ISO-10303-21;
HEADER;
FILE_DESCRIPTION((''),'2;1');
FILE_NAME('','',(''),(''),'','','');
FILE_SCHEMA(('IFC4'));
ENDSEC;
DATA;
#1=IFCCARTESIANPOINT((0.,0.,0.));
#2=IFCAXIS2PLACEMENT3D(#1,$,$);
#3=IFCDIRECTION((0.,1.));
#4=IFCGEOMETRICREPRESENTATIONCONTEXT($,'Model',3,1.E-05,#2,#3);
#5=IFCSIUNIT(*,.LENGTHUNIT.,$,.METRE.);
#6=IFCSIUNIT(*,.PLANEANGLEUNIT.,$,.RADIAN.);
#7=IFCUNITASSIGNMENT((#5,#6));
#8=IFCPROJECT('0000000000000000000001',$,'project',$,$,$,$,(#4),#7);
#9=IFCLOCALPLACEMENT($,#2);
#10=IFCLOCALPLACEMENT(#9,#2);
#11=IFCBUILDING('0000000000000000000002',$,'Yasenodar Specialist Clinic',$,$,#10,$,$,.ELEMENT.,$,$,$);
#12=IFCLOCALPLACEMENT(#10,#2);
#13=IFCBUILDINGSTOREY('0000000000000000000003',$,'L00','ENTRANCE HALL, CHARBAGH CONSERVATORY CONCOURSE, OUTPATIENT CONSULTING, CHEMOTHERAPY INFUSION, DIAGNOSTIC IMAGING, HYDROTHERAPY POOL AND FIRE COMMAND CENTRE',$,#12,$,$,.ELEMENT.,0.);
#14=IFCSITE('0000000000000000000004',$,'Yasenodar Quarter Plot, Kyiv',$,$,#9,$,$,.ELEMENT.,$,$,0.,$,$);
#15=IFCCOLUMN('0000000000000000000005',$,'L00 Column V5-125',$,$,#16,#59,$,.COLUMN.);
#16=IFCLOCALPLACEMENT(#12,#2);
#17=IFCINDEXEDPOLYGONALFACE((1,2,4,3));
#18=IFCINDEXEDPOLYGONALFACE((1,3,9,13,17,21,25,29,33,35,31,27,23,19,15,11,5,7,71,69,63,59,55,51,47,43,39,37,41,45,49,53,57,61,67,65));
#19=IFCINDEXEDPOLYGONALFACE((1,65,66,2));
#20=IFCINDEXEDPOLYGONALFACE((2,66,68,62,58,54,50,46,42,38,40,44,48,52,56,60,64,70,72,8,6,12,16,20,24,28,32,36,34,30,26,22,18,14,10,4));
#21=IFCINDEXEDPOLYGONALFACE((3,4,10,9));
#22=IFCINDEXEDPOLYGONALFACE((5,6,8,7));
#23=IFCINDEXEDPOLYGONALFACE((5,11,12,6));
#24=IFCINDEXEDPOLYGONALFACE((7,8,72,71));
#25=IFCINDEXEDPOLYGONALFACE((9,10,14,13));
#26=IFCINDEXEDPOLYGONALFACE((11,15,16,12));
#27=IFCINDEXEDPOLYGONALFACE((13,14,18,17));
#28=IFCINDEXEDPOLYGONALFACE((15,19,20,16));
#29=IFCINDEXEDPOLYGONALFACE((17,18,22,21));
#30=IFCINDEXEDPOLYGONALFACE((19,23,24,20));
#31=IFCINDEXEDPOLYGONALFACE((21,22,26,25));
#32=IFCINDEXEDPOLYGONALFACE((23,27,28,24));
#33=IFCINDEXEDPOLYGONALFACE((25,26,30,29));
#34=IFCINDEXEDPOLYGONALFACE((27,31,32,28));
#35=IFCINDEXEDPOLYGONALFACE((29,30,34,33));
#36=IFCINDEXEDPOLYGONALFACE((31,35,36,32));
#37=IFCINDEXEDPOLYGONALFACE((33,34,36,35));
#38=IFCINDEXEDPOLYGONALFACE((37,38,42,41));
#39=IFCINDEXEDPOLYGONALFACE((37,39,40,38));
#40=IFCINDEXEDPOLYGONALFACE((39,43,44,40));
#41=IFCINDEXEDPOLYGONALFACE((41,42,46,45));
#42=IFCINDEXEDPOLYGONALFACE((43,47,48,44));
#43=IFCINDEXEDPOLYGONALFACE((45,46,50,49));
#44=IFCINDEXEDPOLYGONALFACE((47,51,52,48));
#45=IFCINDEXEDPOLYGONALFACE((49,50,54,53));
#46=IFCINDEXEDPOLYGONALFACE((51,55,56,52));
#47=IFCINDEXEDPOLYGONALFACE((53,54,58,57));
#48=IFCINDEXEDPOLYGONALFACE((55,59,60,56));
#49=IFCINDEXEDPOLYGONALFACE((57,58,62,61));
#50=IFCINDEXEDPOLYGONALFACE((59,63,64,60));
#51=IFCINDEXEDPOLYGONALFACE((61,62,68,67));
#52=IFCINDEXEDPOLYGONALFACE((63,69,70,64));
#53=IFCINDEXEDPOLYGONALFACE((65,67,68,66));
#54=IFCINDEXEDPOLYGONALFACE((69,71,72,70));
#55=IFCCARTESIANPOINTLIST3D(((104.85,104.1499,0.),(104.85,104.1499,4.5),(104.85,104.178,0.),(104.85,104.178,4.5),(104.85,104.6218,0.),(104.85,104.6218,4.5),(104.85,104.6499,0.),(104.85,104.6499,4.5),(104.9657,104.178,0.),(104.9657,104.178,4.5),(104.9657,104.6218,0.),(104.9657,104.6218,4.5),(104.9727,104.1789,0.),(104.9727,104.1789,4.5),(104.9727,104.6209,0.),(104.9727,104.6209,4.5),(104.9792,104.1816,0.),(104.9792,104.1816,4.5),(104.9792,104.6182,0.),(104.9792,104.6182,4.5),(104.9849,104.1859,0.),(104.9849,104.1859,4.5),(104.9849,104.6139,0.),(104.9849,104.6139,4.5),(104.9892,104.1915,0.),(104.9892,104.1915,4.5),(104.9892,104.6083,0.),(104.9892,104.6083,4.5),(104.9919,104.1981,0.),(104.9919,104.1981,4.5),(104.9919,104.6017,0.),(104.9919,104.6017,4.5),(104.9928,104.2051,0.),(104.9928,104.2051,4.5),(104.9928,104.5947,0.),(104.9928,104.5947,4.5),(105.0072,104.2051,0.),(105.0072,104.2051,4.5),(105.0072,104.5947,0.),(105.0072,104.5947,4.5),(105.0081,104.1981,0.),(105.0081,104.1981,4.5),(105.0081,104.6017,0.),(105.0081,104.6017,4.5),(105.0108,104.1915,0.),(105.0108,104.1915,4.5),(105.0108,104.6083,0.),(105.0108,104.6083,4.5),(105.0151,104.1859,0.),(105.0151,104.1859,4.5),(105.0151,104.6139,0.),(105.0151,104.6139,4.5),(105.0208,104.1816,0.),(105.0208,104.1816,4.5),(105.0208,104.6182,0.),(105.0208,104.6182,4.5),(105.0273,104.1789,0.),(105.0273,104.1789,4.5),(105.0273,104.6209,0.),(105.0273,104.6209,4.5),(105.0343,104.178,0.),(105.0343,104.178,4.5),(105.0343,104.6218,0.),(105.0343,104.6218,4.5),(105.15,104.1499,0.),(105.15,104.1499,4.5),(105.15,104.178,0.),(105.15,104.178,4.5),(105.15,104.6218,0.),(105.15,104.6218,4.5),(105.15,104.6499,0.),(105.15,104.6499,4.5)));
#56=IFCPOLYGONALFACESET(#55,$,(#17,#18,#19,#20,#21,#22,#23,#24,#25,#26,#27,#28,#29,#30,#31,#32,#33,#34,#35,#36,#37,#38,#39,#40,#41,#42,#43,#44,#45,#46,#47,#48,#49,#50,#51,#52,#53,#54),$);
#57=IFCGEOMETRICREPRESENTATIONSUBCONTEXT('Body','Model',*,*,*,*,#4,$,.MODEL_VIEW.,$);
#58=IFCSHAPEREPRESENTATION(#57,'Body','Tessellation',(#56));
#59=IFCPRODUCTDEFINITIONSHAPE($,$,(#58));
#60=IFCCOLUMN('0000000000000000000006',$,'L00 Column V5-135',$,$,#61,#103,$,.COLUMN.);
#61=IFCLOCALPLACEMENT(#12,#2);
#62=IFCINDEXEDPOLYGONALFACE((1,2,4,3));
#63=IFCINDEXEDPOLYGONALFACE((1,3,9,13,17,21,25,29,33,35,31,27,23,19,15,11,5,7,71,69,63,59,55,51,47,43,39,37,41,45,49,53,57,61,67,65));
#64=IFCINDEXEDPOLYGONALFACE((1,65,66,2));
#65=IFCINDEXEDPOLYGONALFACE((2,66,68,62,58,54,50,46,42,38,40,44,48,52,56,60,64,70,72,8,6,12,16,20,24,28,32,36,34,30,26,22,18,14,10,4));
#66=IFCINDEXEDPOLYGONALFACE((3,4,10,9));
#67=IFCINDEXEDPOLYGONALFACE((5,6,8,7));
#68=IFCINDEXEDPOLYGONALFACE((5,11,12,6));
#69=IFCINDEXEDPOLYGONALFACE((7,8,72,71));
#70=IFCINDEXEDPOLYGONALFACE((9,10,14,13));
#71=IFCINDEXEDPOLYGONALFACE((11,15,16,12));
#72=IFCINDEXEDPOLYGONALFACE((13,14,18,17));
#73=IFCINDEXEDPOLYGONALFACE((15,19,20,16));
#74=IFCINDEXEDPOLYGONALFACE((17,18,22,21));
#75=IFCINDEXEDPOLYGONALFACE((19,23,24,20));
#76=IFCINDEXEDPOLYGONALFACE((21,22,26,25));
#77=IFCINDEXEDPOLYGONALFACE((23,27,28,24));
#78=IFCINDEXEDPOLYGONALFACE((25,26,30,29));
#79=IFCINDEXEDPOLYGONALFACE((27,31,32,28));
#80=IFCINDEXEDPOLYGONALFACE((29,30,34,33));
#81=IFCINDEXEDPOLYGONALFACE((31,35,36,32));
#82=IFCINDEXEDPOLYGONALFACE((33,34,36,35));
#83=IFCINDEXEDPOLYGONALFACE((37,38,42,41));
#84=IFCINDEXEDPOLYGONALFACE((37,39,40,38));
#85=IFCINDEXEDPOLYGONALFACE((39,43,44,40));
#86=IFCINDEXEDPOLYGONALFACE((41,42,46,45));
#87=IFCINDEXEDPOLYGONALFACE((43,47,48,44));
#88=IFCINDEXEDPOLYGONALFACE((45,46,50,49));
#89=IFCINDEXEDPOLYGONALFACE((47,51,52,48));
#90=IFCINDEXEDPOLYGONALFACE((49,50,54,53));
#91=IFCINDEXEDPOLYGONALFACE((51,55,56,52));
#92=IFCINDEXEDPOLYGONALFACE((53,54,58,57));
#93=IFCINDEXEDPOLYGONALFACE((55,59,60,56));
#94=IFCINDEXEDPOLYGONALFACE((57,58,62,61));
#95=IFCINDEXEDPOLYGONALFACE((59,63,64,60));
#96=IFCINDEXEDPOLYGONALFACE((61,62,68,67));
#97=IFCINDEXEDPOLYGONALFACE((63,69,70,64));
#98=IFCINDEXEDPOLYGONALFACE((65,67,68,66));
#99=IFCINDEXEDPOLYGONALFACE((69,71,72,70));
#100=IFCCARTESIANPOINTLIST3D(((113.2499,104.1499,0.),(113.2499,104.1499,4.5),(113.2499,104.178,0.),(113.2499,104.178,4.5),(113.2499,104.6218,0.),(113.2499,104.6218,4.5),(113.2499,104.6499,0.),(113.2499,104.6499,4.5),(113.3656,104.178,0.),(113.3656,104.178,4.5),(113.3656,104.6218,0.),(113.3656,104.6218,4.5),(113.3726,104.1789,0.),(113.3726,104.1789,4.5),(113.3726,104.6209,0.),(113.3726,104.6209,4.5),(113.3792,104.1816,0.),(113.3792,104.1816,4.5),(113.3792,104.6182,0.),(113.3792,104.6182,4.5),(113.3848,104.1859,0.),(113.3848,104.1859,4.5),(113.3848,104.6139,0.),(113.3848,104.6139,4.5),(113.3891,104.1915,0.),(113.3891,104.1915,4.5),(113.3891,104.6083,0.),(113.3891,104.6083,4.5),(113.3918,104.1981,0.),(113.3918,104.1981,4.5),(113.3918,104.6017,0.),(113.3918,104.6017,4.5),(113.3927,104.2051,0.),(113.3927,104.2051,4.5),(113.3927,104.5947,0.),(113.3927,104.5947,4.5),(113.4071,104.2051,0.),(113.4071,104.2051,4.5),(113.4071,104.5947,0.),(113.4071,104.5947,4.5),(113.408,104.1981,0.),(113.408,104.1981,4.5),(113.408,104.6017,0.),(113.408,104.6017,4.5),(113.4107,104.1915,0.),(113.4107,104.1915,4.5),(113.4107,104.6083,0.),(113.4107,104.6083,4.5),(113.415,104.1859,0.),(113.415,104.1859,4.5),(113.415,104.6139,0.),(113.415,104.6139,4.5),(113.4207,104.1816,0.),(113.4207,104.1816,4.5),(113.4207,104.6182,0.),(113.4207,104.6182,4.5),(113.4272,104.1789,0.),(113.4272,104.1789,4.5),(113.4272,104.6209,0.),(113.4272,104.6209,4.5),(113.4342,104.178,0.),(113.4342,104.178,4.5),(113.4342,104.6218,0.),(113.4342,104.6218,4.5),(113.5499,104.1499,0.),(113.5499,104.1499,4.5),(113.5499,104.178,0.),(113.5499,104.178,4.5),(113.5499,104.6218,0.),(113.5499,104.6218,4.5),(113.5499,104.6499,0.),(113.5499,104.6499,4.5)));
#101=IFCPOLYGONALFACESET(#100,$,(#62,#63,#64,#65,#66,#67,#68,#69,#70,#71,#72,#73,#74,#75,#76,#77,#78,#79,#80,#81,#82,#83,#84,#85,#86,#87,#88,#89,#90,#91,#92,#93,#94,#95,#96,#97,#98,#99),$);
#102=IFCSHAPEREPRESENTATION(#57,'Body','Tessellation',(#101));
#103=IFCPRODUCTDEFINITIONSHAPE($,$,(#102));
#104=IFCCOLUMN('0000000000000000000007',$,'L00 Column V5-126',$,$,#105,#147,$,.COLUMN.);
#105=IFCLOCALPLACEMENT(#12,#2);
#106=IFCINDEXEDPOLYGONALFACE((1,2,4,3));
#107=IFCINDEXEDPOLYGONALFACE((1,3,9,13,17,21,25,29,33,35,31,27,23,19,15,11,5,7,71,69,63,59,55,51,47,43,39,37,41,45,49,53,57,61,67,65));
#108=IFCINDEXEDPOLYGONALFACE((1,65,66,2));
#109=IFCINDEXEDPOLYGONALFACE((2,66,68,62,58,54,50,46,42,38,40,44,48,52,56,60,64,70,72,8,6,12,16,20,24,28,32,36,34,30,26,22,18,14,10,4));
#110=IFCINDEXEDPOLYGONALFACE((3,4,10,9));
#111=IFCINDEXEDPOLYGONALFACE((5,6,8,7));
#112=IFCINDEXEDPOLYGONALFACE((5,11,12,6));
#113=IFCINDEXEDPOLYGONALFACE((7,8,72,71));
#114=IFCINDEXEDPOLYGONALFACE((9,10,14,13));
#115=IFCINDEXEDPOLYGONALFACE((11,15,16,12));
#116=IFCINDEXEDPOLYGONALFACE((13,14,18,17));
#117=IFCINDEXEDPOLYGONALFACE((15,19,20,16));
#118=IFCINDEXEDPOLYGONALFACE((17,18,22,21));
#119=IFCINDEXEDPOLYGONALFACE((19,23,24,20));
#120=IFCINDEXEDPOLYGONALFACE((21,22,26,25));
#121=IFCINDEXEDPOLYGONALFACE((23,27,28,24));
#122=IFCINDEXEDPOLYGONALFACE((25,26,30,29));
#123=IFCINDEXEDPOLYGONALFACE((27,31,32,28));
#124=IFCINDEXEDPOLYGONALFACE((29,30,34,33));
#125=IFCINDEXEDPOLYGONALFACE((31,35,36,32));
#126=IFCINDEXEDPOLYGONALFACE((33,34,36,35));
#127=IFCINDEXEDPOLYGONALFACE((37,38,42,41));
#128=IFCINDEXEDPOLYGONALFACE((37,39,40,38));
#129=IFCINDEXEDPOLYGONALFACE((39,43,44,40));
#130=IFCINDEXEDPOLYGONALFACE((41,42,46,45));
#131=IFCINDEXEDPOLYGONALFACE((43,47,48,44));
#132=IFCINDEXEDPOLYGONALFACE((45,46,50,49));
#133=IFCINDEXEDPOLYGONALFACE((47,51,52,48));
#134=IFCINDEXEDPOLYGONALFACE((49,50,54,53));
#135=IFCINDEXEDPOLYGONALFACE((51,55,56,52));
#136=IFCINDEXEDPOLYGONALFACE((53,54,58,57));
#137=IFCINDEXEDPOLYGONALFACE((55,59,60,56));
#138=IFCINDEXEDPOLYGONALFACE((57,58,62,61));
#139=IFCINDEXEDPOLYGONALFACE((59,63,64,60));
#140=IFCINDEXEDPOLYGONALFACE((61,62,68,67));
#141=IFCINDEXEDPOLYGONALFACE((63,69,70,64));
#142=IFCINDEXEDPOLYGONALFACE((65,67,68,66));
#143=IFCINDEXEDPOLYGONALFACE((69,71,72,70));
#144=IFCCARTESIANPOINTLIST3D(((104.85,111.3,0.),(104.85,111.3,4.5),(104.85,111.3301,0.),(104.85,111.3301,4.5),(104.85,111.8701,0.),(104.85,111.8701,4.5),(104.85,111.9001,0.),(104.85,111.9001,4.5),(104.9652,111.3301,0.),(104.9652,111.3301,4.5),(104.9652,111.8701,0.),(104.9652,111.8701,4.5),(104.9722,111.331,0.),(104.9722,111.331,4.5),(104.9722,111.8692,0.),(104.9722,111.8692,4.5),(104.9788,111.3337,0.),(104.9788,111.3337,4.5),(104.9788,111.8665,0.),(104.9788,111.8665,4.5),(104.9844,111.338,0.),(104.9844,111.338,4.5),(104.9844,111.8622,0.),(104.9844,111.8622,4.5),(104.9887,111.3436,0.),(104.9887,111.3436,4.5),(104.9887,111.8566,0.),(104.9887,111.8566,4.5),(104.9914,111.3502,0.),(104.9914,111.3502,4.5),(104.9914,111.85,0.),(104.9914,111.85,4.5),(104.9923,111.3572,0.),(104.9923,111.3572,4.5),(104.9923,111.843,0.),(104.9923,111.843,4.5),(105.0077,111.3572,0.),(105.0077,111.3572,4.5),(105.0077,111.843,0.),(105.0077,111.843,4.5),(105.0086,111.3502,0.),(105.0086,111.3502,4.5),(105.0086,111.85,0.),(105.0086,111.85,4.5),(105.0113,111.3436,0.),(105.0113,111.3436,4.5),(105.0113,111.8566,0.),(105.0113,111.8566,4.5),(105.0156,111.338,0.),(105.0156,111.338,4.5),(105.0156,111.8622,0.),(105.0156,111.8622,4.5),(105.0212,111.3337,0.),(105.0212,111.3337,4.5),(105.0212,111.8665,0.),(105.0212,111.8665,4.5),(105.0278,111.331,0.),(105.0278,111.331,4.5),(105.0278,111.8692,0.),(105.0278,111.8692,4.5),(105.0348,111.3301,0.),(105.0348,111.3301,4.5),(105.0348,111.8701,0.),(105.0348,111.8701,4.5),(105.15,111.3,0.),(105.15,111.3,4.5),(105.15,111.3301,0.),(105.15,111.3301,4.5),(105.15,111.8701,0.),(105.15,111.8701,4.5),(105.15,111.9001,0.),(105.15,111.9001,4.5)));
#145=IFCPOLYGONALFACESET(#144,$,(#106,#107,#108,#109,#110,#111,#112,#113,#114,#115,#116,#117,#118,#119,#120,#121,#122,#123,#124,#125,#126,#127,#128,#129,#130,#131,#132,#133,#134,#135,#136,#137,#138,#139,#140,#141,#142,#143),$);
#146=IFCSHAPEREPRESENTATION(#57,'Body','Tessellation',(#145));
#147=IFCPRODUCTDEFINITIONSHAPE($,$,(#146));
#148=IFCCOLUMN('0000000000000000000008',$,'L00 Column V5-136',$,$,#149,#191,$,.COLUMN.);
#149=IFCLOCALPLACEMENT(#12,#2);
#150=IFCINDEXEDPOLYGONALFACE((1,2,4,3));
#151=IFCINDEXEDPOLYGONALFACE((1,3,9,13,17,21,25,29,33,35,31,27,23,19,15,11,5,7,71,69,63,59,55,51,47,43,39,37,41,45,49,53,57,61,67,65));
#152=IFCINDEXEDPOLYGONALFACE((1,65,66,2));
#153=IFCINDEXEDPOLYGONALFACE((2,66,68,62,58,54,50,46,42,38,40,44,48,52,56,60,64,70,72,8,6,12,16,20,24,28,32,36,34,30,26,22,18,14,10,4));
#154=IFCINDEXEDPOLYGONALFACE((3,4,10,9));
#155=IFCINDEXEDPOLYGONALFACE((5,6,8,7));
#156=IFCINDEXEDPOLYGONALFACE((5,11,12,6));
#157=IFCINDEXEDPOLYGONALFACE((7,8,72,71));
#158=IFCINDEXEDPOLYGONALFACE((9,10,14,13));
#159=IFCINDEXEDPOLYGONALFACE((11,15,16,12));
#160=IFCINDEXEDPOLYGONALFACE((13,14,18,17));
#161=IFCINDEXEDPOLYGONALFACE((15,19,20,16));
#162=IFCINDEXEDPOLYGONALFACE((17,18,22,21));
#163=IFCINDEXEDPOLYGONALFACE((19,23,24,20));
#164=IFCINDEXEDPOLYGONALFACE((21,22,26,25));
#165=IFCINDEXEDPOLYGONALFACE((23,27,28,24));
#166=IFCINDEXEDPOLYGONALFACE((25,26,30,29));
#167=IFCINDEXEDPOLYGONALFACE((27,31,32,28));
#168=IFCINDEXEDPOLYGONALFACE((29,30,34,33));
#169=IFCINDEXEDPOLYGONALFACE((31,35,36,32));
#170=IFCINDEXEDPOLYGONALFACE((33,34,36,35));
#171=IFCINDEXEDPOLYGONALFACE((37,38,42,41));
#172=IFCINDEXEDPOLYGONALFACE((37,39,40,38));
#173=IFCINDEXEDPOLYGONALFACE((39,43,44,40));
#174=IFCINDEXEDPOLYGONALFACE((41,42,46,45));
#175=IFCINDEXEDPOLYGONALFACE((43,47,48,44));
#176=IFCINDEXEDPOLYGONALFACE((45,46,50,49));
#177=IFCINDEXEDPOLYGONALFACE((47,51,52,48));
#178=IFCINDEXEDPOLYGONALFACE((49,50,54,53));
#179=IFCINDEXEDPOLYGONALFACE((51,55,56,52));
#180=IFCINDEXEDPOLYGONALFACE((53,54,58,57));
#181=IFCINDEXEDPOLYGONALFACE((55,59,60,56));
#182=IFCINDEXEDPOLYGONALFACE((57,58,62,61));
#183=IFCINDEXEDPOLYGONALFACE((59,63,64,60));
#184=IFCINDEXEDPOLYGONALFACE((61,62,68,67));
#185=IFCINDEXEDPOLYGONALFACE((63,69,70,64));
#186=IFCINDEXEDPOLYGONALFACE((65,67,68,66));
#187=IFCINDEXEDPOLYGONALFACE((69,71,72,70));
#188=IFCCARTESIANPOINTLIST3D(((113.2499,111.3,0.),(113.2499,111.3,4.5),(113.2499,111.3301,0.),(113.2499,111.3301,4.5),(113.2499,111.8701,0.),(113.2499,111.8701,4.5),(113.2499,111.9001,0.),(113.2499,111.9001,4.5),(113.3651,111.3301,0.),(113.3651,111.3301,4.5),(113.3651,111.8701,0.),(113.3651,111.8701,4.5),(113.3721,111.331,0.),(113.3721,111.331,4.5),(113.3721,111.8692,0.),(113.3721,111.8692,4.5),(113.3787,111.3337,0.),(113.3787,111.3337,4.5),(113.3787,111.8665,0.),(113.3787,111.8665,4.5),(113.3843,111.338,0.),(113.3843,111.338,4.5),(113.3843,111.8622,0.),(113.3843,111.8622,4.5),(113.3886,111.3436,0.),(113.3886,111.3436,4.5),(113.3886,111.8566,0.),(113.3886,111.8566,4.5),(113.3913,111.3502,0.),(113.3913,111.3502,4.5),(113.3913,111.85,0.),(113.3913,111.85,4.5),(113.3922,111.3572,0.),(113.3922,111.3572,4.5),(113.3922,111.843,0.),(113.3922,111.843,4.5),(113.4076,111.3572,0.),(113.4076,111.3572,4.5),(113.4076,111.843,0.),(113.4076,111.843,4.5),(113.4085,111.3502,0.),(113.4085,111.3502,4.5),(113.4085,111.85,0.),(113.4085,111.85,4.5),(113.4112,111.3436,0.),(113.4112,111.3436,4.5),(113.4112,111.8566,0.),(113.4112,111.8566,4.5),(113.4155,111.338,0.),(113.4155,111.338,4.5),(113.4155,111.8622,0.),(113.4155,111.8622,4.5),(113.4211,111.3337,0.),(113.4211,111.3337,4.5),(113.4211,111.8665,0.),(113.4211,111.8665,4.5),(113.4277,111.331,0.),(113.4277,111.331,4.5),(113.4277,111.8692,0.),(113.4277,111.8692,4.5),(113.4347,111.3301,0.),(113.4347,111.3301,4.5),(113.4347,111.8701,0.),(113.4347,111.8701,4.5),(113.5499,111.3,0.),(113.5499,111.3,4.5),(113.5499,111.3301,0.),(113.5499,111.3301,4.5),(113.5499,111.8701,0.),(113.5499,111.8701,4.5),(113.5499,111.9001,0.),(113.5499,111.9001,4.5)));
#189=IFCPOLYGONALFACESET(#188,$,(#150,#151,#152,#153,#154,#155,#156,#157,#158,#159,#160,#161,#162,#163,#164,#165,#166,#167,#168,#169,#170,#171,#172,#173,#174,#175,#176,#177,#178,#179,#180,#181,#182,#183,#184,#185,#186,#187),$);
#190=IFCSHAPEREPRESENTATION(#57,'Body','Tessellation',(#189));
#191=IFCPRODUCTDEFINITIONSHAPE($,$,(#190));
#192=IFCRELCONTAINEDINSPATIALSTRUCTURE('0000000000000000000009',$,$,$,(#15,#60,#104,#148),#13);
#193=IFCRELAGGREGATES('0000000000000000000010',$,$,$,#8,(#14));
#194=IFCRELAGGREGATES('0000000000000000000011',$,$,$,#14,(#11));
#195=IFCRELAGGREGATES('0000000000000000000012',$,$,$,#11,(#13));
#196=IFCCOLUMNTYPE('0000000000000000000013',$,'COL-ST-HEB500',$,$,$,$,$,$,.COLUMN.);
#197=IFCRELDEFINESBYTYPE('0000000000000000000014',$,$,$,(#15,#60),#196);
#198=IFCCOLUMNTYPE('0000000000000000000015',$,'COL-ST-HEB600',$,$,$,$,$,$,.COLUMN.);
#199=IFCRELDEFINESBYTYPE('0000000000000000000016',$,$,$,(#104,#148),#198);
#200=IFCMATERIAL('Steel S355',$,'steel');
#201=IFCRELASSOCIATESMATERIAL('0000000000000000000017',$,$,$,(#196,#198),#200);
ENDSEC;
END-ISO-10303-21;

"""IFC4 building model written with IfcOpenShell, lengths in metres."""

from ifc_helpers import new_model, si_unit, direction, frame, origin, origin_2d, place, context, subcontext, project, spatial, i_section, extrude, material, material_profile, profile_set, type_object, element, save


model = new_model("IFC4")

# Units and contexts
model_context = context("Model", 3, precision=1e-05, world=origin(), true_north=direction((0.0, 1.0)))
body_context = subcontext(model_context, "Body", "Model", "MODEL_VIEW")
ifc_project = project(units=[si_unit("LENGTHUNIT", "METRE"), si_unit("PLANEANGLEUNIT", "RADIAN")], contexts=[model_context])

# Site, building, storey
site_placement = place(None, origin())
site = spatial("IfcSite", under=ifc_project, at=site_placement, Name="Yasenodar Quarter Plot, Kyiv", CompositionType="ELEMENT", RefElevation=0.0)
building_placement = place(site_placement, origin())
building = spatial("IfcBuilding", under=site, at=building_placement, Name="Yasenodar Specialist Clinic", CompositionType="ELEMENT")
storey_placement = place(building_placement, origin())
storey = spatial("IfcBuildingStorey", under=building, at=storey_placement, Name="L00", Description="ENTRANCE HALL, CHARBAGH CONSERVATORY CONCOURSE, OUTPATIENT CONSULTING, CHEMOTHERAPY INFUSION, DIAGNOSTIC IMAGING, HYDROTHERAPY POOL AND FIRE COMMAND CENTRE", CompositionType="ELEMENT", Elevation=0.0)

# Columns
ifc_material_1 = material(Name="Steel S355", Category="steel")
ifc_material_profile_1 = material_profile(ifc_material_1, i_section(OverallWidth=0.3, OverallDepth=0.5, WebThickness=0.0144, FlangeThickness=0.0281, FilletRadius=0.0271, at=origin_2d()), Name="HEB 500")
ifc_profile_set_1 = profile_set([ifc_material_profile_1], Name="Steel S355")
column_type_1 = type_object("IfcColumnType", Name="COL-ST-HEB500", PredefinedType="COLUMN", material=ifc_profile_set_1)
for number, where, z_axis, x_axis, name in (
    (1, (105.0, 104.3999, 0.0), (0.0, 0.0, 1.0), (1.0, 0.0, 0.0), "L00 Column V5-125"),
    (2, (113.3999, 104.3999, 0.0), (0.0, 0.0, 1.0), (1.0, 0.0, 0.0), "L00 Column V5-135"),
):
    element("IfcColumn", number, at=place(storey_placement, frame(where, z_axis=z_axis, x_axis=x_axis)), inside=storey, type_object=column_type_1, Name=name, PredefinedType="COLUMN", context=body_context, shape_type="SweptSolid", body=[
        extrude(i_section(OverallWidth=0.3, OverallDepth=0.5, WebThickness=0.0144, FlangeThickness=0.0281, FilletRadius=0.0271, at=origin_2d()), origin(), (0.0, 0.0, 1.0), 4.5),
    ])
ifc_material_profile_2 = material_profile(ifc_material_1, i_section(OverallWidth=0.3, OverallDepth=0.6001, WebThickness=0.0154, FlangeThickness=0.03, FilletRadius=0.0271, at=origin_2d()), Name="HEB 600")
ifc_profile_set_2 = profile_set([ifc_material_profile_2], Name="Steel S355")
column_type_2 = type_object("IfcColumnType", Name="COL-ST-HEB600", PredefinedType="COLUMN", material=ifc_profile_set_2)
for number, where, z_axis, x_axis, name in (
    (3, (105.0, 111.6001, 0.0), (0.0, 0.0, 1.0), (1.0, 0.0, 0.0), "L00 Column V5-126"),
    (4, (113.3999, 111.6001, 0.0), (0.0, 0.0, 1.0), (1.0, 0.0, 0.0), "L00 Column V5-136"),
):
    element("IfcColumn", number, at=place(storey_placement, frame(where, z_axis=z_axis, x_axis=x_axis)), inside=storey, type_object=column_type_2, Name=name, PredefinedType="COLUMN", context=body_context, shape_type="SweptSolid", body=[
        extrude(i_section(OverallWidth=0.3, OverallDepth=0.6001, WebThickness=0.0154, FlangeThickness=0.03, FilletRadius=0.0271, at=origin_2d()), origin(), (0.0, 0.0, 1.0), 4.5),
    ])

save(model, "model.ifc")
